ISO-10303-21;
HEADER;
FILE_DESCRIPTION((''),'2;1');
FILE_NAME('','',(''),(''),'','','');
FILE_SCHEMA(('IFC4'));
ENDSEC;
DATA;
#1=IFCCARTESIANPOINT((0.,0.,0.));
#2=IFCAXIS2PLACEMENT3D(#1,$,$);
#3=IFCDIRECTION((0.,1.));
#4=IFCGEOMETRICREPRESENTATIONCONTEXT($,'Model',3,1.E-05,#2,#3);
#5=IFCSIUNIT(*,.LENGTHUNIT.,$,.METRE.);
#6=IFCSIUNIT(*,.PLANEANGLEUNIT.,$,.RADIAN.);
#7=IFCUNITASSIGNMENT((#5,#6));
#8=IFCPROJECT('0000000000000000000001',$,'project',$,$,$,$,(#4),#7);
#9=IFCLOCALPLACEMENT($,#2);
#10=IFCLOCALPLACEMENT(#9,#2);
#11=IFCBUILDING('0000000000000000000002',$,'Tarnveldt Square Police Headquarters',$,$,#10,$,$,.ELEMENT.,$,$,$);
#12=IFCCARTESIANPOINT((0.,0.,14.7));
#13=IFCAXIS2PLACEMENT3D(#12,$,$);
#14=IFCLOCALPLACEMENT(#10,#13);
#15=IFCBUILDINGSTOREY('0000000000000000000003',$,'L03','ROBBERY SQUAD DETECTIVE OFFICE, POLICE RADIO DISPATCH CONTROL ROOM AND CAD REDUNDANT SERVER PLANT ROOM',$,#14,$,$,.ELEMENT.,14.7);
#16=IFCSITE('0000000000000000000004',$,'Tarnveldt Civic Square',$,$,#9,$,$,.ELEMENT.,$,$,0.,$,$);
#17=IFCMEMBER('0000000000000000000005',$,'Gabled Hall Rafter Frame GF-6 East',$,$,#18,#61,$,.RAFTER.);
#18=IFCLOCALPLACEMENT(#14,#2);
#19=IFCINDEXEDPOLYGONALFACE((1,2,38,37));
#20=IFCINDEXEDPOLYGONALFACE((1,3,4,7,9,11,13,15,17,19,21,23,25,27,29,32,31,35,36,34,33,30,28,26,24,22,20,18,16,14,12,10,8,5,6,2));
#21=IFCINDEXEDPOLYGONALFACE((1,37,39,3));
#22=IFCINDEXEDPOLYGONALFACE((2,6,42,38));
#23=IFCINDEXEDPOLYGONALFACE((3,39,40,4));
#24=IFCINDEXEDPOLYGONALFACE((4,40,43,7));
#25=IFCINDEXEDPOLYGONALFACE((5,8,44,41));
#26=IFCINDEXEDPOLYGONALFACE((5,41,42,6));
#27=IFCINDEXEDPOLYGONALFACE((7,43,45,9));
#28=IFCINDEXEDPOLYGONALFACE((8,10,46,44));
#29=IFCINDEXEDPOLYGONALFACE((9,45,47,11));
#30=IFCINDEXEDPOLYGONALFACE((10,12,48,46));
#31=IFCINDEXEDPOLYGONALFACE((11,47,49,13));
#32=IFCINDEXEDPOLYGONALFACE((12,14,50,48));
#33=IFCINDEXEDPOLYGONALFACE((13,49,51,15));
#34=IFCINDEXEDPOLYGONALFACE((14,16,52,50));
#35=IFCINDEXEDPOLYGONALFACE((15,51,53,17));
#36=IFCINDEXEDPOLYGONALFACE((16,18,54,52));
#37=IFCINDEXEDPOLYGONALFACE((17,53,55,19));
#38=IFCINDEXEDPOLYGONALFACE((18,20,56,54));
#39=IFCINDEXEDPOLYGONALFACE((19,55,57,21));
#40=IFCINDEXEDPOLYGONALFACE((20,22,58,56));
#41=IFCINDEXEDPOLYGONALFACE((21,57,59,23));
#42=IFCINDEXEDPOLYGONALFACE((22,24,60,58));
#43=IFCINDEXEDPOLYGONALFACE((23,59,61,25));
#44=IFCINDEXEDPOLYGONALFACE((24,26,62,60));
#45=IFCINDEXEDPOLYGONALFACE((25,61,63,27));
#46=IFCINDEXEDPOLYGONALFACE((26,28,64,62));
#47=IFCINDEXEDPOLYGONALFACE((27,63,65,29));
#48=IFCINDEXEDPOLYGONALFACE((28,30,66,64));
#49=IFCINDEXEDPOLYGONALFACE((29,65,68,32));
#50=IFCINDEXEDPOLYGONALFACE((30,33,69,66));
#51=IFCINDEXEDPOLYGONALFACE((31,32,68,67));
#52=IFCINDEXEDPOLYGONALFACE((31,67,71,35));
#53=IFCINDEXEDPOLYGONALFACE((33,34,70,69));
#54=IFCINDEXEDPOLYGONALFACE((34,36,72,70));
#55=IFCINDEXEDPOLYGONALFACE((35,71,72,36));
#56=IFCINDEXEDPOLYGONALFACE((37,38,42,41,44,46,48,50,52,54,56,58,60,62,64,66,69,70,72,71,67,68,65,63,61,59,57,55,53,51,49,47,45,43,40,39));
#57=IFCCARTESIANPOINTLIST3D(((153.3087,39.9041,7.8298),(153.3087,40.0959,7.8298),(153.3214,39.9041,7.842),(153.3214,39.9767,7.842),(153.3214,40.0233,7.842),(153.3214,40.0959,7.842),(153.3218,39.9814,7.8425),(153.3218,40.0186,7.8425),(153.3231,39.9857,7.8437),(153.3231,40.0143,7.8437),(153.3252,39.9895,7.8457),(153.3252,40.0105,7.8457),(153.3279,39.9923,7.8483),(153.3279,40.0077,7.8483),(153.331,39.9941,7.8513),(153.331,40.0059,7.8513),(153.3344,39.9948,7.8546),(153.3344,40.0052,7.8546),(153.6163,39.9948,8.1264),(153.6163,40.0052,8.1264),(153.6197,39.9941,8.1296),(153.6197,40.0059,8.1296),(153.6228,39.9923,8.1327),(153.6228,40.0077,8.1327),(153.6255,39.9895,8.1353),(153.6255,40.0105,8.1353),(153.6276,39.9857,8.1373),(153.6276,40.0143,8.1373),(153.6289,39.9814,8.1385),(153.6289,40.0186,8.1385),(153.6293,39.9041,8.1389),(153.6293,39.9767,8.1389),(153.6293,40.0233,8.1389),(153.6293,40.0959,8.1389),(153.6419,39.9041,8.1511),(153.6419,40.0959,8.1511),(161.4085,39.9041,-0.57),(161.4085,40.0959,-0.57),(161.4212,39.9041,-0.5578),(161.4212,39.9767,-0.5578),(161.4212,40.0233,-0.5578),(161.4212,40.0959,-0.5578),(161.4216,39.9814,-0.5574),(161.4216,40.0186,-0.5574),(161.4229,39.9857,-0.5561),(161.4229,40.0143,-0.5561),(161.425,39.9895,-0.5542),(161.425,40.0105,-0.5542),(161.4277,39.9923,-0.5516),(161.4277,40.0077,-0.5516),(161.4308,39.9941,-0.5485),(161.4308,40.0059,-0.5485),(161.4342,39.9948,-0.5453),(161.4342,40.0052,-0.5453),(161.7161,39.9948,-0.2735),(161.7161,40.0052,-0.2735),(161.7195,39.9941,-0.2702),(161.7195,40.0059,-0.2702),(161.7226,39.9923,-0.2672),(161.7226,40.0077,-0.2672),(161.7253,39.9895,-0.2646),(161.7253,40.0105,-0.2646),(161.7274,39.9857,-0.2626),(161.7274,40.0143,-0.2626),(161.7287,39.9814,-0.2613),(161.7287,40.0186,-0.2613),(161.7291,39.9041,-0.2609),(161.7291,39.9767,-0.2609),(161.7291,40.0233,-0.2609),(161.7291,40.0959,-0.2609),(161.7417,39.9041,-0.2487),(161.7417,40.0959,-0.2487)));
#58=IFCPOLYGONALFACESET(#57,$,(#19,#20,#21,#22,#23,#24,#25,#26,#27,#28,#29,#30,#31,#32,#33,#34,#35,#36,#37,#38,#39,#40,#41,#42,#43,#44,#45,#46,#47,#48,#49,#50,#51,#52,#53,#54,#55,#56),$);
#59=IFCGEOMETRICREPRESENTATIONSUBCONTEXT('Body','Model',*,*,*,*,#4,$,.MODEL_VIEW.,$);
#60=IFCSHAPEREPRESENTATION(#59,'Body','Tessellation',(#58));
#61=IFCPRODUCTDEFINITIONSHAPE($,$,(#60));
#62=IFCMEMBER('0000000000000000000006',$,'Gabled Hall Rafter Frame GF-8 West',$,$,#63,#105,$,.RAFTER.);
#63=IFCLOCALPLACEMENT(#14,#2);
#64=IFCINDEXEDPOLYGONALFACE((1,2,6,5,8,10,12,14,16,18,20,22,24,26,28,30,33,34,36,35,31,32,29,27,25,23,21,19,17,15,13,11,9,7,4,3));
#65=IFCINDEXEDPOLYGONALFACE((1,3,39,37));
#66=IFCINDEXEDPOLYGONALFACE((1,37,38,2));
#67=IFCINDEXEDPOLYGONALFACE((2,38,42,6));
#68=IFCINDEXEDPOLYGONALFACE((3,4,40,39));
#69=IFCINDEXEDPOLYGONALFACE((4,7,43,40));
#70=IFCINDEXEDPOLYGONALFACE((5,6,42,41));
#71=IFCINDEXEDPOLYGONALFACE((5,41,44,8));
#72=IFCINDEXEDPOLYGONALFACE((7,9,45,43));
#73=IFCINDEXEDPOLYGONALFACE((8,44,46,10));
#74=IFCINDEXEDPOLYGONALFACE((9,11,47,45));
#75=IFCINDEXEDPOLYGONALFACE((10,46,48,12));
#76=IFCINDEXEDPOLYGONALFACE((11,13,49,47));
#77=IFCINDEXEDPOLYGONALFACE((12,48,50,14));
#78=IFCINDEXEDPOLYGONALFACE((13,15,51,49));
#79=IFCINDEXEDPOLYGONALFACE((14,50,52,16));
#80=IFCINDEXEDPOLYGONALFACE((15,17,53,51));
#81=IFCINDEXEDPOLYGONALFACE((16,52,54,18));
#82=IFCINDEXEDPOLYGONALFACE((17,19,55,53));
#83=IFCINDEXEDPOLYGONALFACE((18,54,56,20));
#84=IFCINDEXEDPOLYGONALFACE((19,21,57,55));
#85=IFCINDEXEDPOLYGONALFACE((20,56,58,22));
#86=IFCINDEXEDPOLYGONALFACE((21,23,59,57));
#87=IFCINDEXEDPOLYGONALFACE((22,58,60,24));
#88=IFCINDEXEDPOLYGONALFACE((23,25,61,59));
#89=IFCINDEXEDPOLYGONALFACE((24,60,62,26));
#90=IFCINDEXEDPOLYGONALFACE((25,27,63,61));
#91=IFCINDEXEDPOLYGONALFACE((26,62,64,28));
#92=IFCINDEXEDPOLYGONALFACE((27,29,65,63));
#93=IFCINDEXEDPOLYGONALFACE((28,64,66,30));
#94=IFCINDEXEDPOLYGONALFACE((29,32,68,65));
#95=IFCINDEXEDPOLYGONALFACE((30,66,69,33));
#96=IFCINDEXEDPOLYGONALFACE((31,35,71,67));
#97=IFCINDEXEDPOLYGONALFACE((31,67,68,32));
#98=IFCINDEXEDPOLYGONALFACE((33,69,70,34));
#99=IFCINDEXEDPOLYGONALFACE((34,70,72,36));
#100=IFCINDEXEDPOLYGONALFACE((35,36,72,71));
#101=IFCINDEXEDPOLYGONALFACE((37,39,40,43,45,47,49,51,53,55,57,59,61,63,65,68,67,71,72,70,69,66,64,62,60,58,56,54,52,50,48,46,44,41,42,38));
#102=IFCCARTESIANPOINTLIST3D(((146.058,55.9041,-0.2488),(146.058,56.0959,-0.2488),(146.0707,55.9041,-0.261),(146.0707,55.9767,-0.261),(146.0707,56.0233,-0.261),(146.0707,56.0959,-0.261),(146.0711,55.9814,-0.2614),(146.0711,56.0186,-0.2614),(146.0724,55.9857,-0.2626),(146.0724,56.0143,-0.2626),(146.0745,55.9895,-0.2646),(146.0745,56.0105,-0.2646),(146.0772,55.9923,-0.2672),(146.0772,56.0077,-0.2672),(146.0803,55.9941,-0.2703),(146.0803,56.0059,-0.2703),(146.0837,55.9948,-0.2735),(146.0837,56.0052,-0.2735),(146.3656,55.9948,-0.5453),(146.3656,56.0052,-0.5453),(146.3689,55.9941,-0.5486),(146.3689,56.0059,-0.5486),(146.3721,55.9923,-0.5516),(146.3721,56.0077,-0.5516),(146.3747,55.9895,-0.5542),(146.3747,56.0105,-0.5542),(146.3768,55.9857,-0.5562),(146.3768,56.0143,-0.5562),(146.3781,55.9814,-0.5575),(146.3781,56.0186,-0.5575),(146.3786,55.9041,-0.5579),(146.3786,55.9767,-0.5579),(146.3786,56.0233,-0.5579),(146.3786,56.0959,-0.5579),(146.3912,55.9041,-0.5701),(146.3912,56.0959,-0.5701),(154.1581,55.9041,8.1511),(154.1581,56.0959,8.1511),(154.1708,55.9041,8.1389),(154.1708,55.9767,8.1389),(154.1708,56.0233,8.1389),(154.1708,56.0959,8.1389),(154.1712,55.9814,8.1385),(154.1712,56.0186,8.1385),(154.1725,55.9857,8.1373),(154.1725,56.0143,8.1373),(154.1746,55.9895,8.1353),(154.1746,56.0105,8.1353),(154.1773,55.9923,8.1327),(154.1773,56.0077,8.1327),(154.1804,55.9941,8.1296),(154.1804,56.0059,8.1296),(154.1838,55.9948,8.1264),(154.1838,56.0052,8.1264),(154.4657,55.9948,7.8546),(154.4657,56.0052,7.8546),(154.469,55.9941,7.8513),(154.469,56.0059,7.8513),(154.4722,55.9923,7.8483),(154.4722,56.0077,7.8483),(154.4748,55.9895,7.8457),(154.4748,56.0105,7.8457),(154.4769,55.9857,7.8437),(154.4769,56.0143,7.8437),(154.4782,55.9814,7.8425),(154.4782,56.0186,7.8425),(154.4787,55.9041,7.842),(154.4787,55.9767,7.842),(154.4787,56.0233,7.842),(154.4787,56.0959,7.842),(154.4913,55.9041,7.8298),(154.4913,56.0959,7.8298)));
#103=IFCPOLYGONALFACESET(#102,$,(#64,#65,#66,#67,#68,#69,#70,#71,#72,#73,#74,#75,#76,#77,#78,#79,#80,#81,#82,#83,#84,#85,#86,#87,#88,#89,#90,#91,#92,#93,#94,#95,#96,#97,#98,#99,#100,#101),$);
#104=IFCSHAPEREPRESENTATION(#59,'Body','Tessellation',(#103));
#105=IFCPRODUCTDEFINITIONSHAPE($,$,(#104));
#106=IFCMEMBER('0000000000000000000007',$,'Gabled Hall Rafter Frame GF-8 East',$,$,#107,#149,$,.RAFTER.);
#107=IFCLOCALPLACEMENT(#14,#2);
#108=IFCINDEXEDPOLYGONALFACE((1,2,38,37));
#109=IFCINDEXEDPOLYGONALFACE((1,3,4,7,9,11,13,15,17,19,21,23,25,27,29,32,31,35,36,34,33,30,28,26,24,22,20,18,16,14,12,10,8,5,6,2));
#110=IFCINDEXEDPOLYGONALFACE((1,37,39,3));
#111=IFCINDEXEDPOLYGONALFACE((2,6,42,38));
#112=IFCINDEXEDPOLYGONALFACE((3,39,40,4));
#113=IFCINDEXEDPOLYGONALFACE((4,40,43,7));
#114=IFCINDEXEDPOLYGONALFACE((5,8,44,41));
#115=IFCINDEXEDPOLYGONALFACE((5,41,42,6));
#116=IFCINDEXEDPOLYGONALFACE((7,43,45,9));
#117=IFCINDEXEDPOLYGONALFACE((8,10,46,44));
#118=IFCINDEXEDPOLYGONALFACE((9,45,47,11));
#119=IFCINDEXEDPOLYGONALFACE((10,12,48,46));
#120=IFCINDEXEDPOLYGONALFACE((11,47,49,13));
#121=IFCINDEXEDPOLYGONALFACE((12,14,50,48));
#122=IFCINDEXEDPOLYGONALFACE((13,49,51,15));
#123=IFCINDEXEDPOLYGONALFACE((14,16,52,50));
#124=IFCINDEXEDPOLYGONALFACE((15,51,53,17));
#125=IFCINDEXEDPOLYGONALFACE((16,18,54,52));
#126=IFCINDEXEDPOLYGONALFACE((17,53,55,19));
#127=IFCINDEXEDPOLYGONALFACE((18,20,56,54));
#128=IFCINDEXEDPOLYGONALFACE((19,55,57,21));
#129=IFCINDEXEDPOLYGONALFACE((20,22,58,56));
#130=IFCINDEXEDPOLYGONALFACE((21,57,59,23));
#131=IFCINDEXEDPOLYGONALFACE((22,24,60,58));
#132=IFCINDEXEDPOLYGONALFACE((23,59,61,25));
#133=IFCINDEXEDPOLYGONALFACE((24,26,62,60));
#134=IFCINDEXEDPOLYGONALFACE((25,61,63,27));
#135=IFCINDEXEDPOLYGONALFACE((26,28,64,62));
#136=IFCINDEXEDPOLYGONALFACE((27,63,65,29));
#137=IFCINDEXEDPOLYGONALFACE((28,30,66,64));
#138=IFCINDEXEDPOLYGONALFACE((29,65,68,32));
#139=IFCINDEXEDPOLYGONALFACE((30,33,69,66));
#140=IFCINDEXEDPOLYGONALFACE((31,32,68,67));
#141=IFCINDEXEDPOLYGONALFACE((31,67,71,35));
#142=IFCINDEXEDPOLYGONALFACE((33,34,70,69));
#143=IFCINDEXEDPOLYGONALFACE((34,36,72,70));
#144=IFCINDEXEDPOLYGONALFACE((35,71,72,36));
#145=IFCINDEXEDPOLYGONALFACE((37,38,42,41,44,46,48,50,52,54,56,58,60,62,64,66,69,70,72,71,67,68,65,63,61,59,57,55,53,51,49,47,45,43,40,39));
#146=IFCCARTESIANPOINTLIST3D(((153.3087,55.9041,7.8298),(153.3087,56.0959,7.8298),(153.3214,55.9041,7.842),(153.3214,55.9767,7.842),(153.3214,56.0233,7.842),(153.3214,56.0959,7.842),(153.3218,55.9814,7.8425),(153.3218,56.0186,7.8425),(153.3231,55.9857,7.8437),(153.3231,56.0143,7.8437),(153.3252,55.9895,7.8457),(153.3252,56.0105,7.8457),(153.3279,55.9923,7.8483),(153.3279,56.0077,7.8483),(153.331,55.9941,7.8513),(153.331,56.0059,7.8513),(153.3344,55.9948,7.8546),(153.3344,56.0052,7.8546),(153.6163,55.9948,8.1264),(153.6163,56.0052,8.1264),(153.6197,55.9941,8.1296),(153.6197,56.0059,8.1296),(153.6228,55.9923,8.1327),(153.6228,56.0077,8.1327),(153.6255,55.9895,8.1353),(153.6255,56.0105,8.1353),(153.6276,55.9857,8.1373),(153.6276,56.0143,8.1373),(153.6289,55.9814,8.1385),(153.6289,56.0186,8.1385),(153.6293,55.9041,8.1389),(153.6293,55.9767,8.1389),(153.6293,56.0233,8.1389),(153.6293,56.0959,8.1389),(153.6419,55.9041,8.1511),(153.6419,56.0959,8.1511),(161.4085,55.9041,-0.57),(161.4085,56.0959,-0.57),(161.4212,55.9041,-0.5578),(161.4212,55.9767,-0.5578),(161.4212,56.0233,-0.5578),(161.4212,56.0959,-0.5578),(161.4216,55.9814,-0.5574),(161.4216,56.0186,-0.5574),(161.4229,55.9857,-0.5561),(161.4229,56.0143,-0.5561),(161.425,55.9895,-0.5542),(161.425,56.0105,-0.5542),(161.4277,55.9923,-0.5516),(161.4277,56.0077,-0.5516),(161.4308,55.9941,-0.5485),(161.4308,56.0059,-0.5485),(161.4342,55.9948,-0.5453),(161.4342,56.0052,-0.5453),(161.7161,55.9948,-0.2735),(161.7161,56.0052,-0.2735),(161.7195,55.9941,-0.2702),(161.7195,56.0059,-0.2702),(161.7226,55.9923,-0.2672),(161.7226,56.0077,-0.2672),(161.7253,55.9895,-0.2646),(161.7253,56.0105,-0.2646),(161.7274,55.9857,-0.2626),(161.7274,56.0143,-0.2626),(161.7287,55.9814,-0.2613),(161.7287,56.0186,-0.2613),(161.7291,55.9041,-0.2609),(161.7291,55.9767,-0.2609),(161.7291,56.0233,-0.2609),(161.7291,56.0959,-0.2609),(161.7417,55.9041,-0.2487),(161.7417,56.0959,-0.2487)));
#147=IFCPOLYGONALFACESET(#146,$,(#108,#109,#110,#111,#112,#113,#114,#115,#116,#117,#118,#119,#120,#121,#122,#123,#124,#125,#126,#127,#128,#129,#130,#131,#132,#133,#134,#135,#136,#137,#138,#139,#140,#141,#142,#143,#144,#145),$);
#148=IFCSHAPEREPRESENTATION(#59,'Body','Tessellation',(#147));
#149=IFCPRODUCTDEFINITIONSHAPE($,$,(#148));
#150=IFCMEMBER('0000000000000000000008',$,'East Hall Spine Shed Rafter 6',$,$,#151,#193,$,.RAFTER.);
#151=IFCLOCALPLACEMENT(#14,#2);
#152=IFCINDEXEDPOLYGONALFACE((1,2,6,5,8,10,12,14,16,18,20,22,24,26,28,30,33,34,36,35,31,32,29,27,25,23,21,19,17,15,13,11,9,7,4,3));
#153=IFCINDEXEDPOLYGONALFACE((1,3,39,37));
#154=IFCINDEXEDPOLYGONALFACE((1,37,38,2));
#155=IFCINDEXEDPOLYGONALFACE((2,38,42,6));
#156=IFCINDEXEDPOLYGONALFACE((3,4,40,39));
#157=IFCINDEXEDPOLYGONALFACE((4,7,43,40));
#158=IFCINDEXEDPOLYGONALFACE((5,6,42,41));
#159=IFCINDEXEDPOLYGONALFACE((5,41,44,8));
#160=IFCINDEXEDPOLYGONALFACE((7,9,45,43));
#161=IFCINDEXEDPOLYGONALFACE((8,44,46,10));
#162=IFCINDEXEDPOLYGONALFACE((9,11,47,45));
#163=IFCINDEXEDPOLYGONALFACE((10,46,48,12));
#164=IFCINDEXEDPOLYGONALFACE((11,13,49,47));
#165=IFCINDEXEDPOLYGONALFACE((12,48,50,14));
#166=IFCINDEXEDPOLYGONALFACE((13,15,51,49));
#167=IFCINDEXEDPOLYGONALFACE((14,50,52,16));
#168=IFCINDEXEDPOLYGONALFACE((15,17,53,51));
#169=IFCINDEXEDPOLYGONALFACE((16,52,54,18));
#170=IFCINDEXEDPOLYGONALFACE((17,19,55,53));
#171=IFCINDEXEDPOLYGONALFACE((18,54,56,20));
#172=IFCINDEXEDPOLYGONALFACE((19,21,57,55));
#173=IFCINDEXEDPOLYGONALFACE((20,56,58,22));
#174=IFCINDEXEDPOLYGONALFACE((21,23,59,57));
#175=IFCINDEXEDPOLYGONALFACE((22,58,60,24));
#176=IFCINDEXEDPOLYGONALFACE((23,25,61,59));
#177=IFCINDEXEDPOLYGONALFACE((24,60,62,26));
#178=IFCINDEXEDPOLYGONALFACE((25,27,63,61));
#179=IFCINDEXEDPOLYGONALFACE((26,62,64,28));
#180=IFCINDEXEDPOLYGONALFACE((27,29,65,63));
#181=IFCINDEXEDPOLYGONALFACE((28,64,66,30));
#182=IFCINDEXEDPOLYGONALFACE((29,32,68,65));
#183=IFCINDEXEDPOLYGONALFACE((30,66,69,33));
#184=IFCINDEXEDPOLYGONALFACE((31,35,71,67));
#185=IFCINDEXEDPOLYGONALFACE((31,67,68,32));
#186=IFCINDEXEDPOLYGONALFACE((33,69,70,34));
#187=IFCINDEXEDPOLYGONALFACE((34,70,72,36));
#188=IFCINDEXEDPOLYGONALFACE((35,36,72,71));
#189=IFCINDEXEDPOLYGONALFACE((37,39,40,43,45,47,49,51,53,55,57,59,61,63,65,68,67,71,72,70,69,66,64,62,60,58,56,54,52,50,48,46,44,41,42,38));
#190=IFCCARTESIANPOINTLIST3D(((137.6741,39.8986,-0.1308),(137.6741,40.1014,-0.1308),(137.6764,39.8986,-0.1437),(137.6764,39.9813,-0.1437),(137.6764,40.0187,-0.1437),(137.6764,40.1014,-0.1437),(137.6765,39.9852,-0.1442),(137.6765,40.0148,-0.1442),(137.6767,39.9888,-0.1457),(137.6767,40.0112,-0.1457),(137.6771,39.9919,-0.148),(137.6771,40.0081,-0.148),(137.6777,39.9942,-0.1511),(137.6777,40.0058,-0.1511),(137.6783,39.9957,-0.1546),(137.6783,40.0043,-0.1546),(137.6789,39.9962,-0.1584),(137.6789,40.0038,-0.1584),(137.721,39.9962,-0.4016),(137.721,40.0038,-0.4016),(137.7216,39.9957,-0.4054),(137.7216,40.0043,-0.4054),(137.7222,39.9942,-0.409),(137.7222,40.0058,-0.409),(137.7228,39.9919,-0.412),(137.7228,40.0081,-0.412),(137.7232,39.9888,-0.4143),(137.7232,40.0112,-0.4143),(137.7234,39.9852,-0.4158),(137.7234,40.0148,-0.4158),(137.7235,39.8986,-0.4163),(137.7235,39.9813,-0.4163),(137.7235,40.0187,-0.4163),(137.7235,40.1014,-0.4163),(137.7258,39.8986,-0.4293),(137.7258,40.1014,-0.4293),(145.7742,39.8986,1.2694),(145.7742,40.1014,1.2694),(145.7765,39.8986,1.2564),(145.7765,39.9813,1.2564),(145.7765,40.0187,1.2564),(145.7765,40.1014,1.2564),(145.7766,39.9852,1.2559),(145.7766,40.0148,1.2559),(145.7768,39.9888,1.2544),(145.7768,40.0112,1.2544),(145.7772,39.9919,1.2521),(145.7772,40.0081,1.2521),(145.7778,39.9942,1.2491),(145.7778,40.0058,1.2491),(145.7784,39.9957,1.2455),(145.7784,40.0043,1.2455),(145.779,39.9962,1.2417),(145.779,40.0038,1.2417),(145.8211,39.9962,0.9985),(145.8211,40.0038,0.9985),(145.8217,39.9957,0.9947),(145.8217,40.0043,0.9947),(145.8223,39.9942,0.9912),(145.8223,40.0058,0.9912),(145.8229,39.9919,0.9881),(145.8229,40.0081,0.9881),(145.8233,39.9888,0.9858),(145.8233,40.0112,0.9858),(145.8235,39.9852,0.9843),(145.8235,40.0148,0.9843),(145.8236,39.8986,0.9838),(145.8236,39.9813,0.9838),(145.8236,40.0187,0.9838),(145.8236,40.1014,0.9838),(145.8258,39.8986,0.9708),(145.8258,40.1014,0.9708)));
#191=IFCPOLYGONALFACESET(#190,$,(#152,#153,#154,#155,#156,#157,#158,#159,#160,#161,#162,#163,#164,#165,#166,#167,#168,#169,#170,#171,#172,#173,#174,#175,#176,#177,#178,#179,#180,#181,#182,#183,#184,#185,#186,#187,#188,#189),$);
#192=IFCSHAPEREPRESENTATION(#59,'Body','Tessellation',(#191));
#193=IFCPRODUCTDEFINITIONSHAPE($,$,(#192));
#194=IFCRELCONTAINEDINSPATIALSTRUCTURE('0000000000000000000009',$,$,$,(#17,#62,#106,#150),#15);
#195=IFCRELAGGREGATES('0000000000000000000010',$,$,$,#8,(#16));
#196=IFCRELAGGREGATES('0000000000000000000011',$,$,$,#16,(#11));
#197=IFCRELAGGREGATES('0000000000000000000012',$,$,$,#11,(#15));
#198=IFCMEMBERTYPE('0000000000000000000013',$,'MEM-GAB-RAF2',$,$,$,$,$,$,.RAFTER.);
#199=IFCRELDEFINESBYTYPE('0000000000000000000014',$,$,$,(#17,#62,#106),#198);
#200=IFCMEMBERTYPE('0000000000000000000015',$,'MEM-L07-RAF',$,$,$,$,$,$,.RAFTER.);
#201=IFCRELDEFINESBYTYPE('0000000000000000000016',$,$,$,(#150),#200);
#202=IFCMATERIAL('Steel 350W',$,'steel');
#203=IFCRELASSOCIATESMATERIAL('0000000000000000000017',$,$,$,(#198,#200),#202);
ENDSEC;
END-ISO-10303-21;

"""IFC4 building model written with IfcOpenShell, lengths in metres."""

from ifc_helpers import new_model, si_unit, direction, frame, origin, origin_2d, place, context, subcontext, project, spatial, i_section, extrude, material, material_profile, profile_set, type_object, element, save


model = new_model("IFC4")

# Units and contexts
model_context = context("Model", 3, precision=1e-05, world=origin(), true_north=direction((0.0, 1.0)))
body_context = subcontext(model_context, "Body", "Model", "MODEL_VIEW")
ifc_project = project(units=[si_unit("LENGTHUNIT", "METRE"), si_unit("PLANEANGLEUNIT", "RADIAN")], contexts=[model_context])

# Site, building, storey
site_placement = place(None, origin())
site = spatial("IfcSite", under=ifc_project, at=site_placement, Name="Tarnveldt Civic Square", CompositionType="ELEMENT", RefElevation=0.0)
building_placement = place(site_placement, origin())
building = spatial("IfcBuilding", under=site, at=building_placement, Name="Tarnveldt Square Police Headquarters", CompositionType="ELEMENT")
storey_placement = place(building_placement, frame((0.0, 0.0, 14.7)))
storey = spatial("IfcBuildingStorey", under=building, at=storey_placement, Name="L03", Description="ROBBERY SQUAD DETECTIVE OFFICE, POLICE RADIO DISPATCH CONTROL ROOM AND CAD REDUNDANT SERVER PLANT ROOM", CompositionType="ELEMENT", Elevation=14.7)

# Shared definitions
ifc_material_1 = material(Name="Steel 350W", Category="steel")

# Members
ifc_material_profile_1 = material_profile(ifc_material_1, i_section(OverallWidth=0.1919, OverallDepth=0.4629, WebThickness=0.0105, FlangeThickness=0.0176, FilletRadius=0.0181, at=origin_2d()), Name="W460x89")
ifc_profile_set_1 = profile_set([ifc_material_profile_1], Name="Steel 350W")
member_type_1 = type_object("IfcMemberType", Name="MEM-GAB-RAF2", PredefinedType="RAFTER", material=ifc_profile_set_1)
member_1_placement = place(storey_placement, frame((153.4753, 40.0, 7.9905), z_axis=(0.694133, 0.0, -0.719847), x_axis=(0.0, 1.0, 0.0)))
element("IfcMember", 1, at=member_1_placement, inside=storey, type_object=member_type_1, Name="Gabled Hall Rafter Frame GF-6 East", PredefinedType="RAFTER", context=body_context, shape_type="SweptSolid", body=[
    extrude(i_section(OverallWidth=0.1919, OverallDepth=0.4629, WebThickness=0.0105, FlangeThickness=0.0176, FilletRadius=0.0181, at=origin_2d()), origin(), (0.0, 0.0, 1.0), 11.6689),
])
member_2_placement = place(storey_placement, frame((146.2246, 56.0, -0.4094), z_axis=(0.694144, 0.0, 0.719836), x_axis=(0.0, 1.0, 0.0)))
element("IfcMember", 2, at=member_2_placement, inside=storey, type_object=member_type_1, Name="Gabled Hall Rafter Frame GF-8 West", PredefinedType="RAFTER", context=body_context, shape_type="SweptSolid", body=[
    extrude(i_section(OverallWidth=0.1919, OverallDepth=0.4629, WebThickness=0.0105, FlangeThickness=0.0176, FilletRadius=0.0181, at=origin_2d()), origin(), (0.0, 0.0, 1.0), 11.6692),
])
member_3_placement = place(storey_placement, frame((153.4753, 56.0, 7.9905), z_axis=(0.694133, 0.0, -0.719847), x_axis=(0.0, 1.0, 0.0)))
element("IfcMember", 3, at=member_3_placement, inside=storey, type_object=member_type_1, Name="Gabled Hall Rafter Frame GF-8 East", PredefinedType="RAFTER", context=body_context, shape_type="SweptSolid", body=[
    extrude(i_section(OverallWidth=0.1919, OverallDepth=0.4629, WebThickness=0.0105, FlangeThickness=0.0176, FilletRadius=0.0181, at=origin_2d()), origin(), (0.0, 0.0, 1.0), 11.6689),
])
ifc_material_profile_2 = material_profile(ifc_material_1, i_section(OverallWidth=0.2029, OverallDepth=0.303, WebThickness=0.0076, FlangeThickness=0.0132, FilletRadius=0.0149, at=origin_2d()), Name="W310x60")
ifc_profile_set_2 = profile_set([ifc_material_profile_2], Name="Steel 350W")
member_type_2 = type_object("IfcMemberType", Name="MEM-L07-RAF", PredefinedType="RAFTER", material=ifc_profile_set_2)
for number, where, z_axis, x_axis, name in (
    (4, (137.7, 40.0, -0.28), (0.985387, 0.0, 0.17033), (0.0, 1.0, 0.0), "East Hall Spine Shed Rafter 6"),
):
    element("IfcMember", number, at=place(storey_placement, frame(where, z_axis=z_axis, x_axis=x_axis)), inside=storey, type_object=member_type_2, Name=name, PredefinedType="RAFTER", context=body_context, shape_type="SweptSolid", body=[
        extrude(i_section(OverallWidth=0.2029, OverallDepth=0.303, WebThickness=0.0076, FlangeThickness=0.0132, FilletRadius=0.0149, at=origin_2d()), origin(), (0.0, 0.0, 1.0), 8.2202),
    ])

save(model, "model.ifc")
